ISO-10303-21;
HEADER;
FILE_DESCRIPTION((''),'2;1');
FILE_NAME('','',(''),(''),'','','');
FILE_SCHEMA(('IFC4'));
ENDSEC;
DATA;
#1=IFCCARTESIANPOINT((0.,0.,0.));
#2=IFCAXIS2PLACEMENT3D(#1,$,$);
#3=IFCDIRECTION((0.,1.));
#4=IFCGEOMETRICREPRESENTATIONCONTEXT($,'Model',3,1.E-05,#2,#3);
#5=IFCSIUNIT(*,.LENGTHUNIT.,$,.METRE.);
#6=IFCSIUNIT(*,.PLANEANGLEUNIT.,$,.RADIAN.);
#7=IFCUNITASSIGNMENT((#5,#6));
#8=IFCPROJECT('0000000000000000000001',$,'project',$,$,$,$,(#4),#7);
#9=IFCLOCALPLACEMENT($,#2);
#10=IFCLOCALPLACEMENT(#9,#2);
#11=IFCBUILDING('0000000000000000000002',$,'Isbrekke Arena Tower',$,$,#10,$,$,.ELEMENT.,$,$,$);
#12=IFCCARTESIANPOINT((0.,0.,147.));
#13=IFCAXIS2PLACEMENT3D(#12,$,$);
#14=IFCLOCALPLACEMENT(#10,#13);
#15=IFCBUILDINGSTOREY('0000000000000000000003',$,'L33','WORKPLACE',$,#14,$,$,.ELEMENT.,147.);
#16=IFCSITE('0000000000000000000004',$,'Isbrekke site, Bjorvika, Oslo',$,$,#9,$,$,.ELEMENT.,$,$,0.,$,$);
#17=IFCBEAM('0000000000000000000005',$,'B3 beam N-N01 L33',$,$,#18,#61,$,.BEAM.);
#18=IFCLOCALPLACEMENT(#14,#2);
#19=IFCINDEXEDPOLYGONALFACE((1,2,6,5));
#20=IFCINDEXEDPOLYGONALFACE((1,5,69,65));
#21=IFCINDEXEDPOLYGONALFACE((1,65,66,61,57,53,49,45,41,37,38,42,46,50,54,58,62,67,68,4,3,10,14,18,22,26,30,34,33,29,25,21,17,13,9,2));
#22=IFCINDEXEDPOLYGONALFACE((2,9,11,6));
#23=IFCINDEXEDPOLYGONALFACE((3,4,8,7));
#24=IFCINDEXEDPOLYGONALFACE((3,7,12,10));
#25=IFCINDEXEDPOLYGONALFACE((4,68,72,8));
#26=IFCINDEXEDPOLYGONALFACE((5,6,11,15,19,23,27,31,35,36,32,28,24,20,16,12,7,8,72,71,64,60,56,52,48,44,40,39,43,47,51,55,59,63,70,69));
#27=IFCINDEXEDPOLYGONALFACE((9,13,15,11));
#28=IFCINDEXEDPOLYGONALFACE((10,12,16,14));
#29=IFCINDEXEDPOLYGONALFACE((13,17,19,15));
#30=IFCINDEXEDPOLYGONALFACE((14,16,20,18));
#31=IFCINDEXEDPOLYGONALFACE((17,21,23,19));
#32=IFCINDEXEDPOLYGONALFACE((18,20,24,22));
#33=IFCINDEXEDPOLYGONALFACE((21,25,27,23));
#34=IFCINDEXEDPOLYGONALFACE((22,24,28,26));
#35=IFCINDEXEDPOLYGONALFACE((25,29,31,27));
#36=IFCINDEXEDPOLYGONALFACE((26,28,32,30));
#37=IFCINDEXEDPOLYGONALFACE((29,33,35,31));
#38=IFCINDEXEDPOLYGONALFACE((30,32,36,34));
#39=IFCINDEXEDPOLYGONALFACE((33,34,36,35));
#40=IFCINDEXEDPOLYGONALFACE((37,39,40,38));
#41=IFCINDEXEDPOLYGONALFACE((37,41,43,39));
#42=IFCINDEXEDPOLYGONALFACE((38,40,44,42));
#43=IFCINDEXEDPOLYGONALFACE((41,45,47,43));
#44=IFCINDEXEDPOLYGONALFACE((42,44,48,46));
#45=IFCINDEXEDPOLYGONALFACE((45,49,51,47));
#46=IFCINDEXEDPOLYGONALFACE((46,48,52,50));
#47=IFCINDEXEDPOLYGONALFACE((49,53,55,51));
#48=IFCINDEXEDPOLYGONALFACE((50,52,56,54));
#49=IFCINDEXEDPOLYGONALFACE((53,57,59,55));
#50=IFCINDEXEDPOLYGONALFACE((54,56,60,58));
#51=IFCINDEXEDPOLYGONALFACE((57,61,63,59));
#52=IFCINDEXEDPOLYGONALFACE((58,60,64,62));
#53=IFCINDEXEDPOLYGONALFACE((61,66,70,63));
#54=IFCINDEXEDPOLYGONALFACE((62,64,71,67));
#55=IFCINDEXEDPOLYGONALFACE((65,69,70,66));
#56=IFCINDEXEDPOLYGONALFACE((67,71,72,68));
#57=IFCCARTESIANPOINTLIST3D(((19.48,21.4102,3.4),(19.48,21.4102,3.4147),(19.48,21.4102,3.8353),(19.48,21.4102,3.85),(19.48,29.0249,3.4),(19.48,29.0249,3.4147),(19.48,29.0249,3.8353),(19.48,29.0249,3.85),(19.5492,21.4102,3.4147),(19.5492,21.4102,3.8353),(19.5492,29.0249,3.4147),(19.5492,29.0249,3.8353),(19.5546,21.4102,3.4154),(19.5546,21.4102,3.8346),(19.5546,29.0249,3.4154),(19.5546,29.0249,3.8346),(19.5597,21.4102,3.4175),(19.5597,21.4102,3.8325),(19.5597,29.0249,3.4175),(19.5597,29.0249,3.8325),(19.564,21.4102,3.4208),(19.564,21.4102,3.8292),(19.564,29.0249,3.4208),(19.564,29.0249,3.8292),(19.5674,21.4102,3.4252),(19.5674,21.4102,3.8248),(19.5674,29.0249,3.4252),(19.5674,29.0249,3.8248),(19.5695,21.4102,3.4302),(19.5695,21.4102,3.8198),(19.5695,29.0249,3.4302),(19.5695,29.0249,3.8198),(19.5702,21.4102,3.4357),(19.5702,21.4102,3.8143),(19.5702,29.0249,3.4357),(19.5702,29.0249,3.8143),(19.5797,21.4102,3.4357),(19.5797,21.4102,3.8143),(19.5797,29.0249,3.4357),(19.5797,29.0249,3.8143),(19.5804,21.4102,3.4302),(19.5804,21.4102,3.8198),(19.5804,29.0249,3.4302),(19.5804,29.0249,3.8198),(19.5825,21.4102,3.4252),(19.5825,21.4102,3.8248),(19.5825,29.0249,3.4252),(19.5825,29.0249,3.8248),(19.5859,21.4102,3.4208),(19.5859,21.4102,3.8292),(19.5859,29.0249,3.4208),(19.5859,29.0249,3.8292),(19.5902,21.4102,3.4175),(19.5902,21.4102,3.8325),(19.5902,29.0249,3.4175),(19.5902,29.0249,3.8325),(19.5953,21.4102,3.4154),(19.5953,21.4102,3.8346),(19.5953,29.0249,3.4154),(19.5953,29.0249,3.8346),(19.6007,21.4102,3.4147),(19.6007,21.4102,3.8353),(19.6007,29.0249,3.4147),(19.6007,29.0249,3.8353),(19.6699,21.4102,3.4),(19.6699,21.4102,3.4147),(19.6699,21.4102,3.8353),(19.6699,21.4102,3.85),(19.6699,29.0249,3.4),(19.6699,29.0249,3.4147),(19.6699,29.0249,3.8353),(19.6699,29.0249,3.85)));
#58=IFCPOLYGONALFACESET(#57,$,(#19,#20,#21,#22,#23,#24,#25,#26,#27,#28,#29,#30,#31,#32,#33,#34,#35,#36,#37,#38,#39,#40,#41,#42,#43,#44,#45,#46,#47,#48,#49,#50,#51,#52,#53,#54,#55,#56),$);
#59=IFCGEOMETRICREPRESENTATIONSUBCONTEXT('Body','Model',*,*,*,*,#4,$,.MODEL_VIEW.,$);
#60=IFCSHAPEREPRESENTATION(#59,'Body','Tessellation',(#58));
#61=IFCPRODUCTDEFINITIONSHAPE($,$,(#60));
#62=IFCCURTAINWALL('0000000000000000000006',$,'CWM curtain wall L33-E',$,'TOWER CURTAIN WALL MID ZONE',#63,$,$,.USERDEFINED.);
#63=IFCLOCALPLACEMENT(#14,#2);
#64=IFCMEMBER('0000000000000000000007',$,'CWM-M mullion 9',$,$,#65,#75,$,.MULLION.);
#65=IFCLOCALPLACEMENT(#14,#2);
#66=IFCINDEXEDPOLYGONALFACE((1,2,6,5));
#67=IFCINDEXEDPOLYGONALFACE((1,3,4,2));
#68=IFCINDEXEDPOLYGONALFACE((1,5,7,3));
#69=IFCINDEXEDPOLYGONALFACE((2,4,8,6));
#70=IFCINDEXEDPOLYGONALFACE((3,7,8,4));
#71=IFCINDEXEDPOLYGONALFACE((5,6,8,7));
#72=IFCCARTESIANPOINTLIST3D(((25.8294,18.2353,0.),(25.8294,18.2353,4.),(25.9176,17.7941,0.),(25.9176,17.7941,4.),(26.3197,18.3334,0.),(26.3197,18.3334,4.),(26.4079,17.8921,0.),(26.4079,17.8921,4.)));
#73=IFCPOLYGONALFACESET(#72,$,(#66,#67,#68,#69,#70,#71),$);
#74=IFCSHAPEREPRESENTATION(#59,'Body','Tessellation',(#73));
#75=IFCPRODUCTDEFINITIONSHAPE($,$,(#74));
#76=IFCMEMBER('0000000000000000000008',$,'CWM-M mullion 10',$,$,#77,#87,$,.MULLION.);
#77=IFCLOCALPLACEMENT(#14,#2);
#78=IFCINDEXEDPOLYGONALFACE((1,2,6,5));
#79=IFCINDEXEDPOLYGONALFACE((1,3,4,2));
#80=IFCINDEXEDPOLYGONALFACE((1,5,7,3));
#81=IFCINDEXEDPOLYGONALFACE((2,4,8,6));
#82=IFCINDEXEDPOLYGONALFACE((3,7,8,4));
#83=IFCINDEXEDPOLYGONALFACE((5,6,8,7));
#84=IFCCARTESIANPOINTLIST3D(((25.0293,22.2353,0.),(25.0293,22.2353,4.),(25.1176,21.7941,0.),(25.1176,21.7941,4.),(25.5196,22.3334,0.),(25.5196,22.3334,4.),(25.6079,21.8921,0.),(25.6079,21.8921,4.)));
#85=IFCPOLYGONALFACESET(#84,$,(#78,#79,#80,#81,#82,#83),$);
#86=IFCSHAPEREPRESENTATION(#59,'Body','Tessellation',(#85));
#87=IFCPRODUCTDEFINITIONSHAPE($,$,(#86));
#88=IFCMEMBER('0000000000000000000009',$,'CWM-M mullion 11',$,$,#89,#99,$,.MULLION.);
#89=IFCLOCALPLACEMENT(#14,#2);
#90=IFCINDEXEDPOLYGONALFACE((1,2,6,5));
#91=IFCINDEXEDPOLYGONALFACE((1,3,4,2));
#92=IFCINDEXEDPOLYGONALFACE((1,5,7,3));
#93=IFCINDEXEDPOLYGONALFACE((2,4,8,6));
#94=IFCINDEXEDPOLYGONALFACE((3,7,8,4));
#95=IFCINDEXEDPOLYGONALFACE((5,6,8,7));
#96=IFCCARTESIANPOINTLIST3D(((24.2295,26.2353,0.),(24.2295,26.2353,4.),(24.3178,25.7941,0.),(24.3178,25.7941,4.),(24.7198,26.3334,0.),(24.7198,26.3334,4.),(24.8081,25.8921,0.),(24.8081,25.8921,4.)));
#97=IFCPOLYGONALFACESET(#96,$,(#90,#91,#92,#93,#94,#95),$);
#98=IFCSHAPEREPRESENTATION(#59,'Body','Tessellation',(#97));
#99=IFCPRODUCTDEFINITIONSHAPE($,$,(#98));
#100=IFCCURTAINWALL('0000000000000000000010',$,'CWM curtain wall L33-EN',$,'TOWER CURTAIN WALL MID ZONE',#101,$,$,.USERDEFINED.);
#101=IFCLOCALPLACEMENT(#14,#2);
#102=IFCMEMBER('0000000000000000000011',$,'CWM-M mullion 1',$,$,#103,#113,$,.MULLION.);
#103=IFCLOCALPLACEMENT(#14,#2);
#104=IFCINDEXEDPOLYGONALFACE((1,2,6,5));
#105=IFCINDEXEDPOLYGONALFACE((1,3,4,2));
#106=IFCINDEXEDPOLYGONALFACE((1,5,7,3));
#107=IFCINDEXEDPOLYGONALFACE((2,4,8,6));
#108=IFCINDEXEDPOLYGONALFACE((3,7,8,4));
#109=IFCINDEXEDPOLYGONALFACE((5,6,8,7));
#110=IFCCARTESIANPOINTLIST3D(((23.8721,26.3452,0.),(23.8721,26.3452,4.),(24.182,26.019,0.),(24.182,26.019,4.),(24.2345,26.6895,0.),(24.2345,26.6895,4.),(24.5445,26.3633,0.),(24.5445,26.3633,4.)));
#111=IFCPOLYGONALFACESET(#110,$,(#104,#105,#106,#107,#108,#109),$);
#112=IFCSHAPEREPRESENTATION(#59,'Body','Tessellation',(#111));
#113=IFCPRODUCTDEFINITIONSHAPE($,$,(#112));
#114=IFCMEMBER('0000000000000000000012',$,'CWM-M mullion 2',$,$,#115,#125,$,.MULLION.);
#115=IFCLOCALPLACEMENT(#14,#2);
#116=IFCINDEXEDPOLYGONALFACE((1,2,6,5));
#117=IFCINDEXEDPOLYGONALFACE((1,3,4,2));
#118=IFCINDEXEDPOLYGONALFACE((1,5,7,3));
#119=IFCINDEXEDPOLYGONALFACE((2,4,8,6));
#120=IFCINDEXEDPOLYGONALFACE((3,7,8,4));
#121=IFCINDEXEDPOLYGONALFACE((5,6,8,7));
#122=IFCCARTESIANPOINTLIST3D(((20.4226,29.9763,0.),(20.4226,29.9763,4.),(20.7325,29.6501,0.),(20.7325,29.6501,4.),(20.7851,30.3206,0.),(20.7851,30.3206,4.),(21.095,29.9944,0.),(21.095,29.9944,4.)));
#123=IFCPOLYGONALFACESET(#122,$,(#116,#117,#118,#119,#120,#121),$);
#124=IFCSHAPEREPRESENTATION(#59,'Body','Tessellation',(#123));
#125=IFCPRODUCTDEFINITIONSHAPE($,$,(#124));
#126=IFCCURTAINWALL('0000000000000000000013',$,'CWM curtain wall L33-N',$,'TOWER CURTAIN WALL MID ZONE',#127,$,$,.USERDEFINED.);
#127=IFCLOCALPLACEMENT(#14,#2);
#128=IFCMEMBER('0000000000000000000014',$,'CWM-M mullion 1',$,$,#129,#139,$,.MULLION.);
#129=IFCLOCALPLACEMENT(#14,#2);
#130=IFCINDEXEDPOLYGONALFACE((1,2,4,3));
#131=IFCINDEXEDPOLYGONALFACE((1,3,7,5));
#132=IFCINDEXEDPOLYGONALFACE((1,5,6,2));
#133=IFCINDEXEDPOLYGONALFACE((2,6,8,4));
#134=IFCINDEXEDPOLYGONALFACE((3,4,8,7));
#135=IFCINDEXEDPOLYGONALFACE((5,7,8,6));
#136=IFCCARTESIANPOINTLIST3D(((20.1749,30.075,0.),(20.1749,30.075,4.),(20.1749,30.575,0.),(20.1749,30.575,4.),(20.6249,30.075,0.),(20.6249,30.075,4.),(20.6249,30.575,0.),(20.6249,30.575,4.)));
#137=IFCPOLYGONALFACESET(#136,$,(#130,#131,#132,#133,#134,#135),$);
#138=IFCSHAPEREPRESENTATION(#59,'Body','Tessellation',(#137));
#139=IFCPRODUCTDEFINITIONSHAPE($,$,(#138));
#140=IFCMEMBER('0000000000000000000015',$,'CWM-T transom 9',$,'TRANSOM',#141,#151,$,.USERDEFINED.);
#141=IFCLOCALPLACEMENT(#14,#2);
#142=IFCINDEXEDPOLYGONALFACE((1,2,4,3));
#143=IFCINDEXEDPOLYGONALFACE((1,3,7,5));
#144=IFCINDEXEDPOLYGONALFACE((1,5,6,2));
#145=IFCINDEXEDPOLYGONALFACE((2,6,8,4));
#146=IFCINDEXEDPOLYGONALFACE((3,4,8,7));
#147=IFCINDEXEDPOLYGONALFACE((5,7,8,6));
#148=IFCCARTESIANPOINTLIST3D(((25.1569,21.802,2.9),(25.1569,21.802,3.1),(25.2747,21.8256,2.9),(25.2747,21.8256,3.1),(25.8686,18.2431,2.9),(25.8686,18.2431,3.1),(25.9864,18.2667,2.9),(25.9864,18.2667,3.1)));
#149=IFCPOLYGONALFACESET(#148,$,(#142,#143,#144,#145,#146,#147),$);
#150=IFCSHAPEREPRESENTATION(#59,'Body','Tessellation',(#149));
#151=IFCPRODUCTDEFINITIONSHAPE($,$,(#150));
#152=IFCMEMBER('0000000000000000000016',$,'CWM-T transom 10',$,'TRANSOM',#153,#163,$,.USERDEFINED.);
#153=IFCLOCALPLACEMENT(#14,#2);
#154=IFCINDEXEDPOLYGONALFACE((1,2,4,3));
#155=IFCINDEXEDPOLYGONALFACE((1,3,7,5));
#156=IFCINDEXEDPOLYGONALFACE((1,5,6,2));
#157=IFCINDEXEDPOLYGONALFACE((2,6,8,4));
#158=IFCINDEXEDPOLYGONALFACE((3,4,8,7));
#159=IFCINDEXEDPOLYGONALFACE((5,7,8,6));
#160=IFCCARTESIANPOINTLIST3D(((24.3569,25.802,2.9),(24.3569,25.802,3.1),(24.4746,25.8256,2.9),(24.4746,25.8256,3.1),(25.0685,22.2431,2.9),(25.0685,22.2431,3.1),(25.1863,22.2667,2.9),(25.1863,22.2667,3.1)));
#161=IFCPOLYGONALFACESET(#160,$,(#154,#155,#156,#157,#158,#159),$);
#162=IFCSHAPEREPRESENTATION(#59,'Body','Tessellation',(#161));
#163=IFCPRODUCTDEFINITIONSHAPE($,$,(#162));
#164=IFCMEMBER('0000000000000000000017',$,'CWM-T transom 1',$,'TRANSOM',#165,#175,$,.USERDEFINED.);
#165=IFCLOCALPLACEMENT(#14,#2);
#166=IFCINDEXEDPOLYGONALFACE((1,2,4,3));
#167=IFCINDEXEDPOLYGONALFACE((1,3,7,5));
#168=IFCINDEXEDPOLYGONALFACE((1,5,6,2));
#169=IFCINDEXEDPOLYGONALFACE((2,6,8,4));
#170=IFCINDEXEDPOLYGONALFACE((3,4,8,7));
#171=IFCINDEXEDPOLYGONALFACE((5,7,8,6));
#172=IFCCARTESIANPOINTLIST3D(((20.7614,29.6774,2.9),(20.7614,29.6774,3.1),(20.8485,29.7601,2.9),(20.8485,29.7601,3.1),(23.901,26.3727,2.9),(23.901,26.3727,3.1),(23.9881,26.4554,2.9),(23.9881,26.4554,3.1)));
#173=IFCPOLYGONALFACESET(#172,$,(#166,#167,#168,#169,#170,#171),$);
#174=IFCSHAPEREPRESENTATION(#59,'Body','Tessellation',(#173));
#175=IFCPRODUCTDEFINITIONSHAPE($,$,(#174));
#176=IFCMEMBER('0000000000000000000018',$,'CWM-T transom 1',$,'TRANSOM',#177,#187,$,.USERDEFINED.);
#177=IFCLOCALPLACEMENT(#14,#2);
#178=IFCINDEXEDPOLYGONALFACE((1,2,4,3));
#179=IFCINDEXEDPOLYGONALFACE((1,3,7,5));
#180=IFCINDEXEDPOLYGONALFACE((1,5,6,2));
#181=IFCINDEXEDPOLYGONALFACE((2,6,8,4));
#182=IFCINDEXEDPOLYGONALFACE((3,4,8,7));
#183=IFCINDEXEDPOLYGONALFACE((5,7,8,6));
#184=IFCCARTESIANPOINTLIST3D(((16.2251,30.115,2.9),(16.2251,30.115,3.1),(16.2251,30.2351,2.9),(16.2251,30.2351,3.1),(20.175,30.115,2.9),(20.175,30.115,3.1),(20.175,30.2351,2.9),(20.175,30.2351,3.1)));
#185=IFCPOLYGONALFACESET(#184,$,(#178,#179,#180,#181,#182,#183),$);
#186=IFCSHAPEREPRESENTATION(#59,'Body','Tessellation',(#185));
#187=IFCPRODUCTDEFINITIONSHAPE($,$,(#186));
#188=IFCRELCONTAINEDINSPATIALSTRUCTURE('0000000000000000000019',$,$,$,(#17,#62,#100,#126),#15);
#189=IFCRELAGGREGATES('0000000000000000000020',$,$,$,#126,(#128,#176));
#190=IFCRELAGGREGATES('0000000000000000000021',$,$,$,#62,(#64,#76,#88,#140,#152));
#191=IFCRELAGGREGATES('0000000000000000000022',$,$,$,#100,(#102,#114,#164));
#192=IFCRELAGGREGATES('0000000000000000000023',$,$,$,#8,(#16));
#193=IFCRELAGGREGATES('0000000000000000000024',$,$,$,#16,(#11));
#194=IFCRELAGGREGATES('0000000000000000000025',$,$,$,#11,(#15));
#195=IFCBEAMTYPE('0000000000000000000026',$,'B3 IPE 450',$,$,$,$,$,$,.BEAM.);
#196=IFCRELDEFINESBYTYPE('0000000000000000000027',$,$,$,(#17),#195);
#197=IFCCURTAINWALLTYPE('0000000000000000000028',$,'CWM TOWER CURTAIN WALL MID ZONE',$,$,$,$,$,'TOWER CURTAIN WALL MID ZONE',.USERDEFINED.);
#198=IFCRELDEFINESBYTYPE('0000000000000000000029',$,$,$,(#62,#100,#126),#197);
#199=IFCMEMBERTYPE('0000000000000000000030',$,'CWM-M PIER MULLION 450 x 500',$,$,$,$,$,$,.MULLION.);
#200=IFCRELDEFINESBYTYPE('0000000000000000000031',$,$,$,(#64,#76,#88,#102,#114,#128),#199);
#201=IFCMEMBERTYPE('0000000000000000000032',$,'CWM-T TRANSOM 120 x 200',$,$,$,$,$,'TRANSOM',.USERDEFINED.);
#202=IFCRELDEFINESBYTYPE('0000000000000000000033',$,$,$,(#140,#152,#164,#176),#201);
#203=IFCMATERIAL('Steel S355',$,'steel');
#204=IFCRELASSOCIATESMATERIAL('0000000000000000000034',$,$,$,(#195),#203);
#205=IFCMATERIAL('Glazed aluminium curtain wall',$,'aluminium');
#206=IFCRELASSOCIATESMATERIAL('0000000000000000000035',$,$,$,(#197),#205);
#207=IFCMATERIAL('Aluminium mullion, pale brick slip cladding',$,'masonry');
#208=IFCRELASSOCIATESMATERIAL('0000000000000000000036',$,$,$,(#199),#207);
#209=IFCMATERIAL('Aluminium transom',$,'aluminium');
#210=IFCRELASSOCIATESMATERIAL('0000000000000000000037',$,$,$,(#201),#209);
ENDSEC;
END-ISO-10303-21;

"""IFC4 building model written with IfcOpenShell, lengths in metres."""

from ifc_helpers import new_model, si_unit, direction, frame, origin, origin_2d, place, context, subcontext, project, spatial, rectangle, i_section, extrude, material, material_profile, profile_set, type_object, element, aggregate, save


model = new_model("IFC4")

# Units and contexts
model_context = context("Model", 3, precision=1e-05, world=origin(), true_north=direction((0.0, 1.0)))
body_context = subcontext(model_context, "Body", "Model", "MODEL_VIEW")
ifc_project = project(units=[si_unit("LENGTHUNIT", "METRE"), si_unit("PLANEANGLEUNIT", "RADIAN")], contexts=[model_context])

# Site, building, storey
site_placement = place(None, origin())
site = spatial("IfcSite", under=ifc_project, at=site_placement, Name="Isbrekke site, Bjorvika, Oslo", CompositionType="ELEMENT", RefElevation=0.0)
building_placement = place(site_placement, origin())
building = spatial("IfcBuilding", under=site, at=building_placement, Name="Isbrekke Arena Tower", CompositionType="ELEMENT")
storey_placement = place(building_placement, frame((0.0, 0.0, 147.0)))
storey = spatial("IfcBuildingStorey", under=building, at=storey_placement, Name="L33", Description="WORKPLACE", CompositionType="ELEMENT", Elevation=147.0)

# Beam
ifc_material_1 = material(Name="Steel S355", Category="steel")
ifc_material_profile_1 = material_profile(ifc_material_1, i_section(OverallWidth=0.1899, OverallDepth=0.45, WebThickness=0.0095, FlangeThickness=0.0146, FilletRadius=0.021, at=origin_2d()), Name="IPE 450")
ifc_profile_set_1 = profile_set([ifc_material_profile_1], Name="Steel S355")
beam_type_1 = type_object("IfcBeamType", Name="B3 IPE 450", PredefinedType="BEAM", material=ifc_profile_set_1)
beam_1_placement = place(storey_placement, frame((19.575, 29.0249, 3.625), z_axis=(0.0, -1.0, 0.0), x_axis=(1.0, 0.0, 0.0)))
element("IfcBeam", 1, at=beam_1_placement, inside=storey, type_object=beam_type_1, Name="B3 beam N-N01 L33", PredefinedType="BEAM", context=body_context, shape_type="SweptSolid", body=[
    extrude(i_section(OverallWidth=0.1899, OverallDepth=0.45, WebThickness=0.0095, FlangeThickness=0.0146, FilletRadius=0.021, at=origin_2d()), origin(), (0.0, 0.0, 1.0), 7.6147),
])

# Curtain walls, members
ifc_material_2 = material(Name="Glazed aluminium curtain wall", Category="aluminium")
curtain_wall_type = type_object("IfcCurtainWallType", Name="CWM TOWER CURTAIN WALL MID ZONE", ElementType="TOWER CURTAIN WALL MID ZONE", PredefinedType="USERDEFINED", material=ifc_material_2)
curtain_wall_1_placement = place(storey_placement, origin())
curtain_wall_1 = element("IfcCurtainWall", 2, at=curtain_wall_1_placement, inside=storey, type_object=curtain_wall_type, Name="CWM curtain wall L33-E", ObjectType="TOWER CURTAIN WALL MID ZONE", PredefinedType="USERDEFINED")
ifc_material_3 = material(Name="Aluminium mullion, pale brick slip cladding", Category="masonry")
ifc_material_profile_2 = material_profile(ifc_material_3, rectangle(XDim=0.45, YDim=0.5, at=origin_2d()), Name="PIER 450X500")
ifc_profile_set_2 = profile_set([ifc_material_profile_2], Name="Aluminium mullion, pale brick slip cladding")
member_type_1 = type_object("IfcMemberType", Name="CWM-M PIER MULLION 450 x 500", PredefinedType="MULLION", material=ifc_profile_set_2)
member_1_placement = place(storey_placement, frame((26.1187, 18.0637, 0.0), z_axis=(0.0, 0.0, 1.0), x_axis=(-0.196116, 0.980581, 0.0)))
member_1 = element("IfcMember", 3, at=member_1_placement, type_object=member_type_1, Name="CWM-M mullion 9", PredefinedType="MULLION", context=body_context, shape_type="SweptSolid", body=[
    extrude(rectangle(XDim=0.45, YDim=0.5, at=origin_2d()), origin(), (0.0, 0.0, 1.0), 4.0),
])
member_2_placement = place(storey_placement, frame((25.3186, 22.0637, 0.0), z_axis=(0.0, 0.0, 1.0), x_axis=(-0.196116, 0.980581, 0.0)))
member_2 = element("IfcMember", 4, at=member_2_placement, type_object=member_type_1, Name="CWM-M mullion 10", PredefinedType="MULLION", context=body_context, shape_type="SweptSolid", body=[
    extrude(rectangle(XDim=0.45, YDim=0.5, at=origin_2d()), origin(), (0.0, 0.0, 1.0), 4.0),
])
member_3_placement = place(storey_placement, frame((24.5188, 26.0637, 0.0), z_axis=(0.0, 0.0, 1.0), x_axis=(-0.196116, 0.980581, 0.0)))
member_3 = element("IfcMember", 5, at=member_3_placement, type_object=member_type_1, Name="CWM-M mullion 11", PredefinedType="MULLION", context=body_context, shape_type="SweptSolid", body=[
    extrude(rectangle(XDim=0.45, YDim=0.5, at=origin_2d()), origin(), (0.0, 0.0, 1.0), 4.0),
])
curtain_wall_2_placement = place(storey_placement, origin())
curtain_wall_2 = element("IfcCurtainWall", 6, at=curtain_wall_2_placement, inside=storey, type_object=curtain_wall_type, Name="CWM curtain wall L33-EN", ObjectType="TOWER CURTAIN WALL MID ZONE", PredefinedType="USERDEFINED")
member_4_placement = place(storey_placement, frame((24.2083, 26.3542, 0.0), z_axis=(0.0, 0.0, 1.0), x_axis=(-0.688749, 0.724999, 0.0)))
member_4 = element("IfcMember", 7, at=member_4_placement, type_object=member_type_1, Name="CWM-M mullion 1", PredefinedType="MULLION", context=body_context, shape_type="SweptSolid", body=[
    extrude(rectangle(XDim=0.45, YDim=0.5, at=origin_2d()), origin(), (0.0, 0.0, 1.0), 4.0),
])
member_5_placement = place(storey_placement, frame((20.7588, 29.9854, 0.0), z_axis=(0.0, 0.0, 1.0), x_axis=(-0.688749, 0.724999, 0.0)))
member_5 = element("IfcMember", 8, at=member_5_placement, type_object=member_type_1, Name="CWM-M mullion 2", PredefinedType="MULLION", context=body_context, shape_type="SweptSolid", body=[
    extrude(rectangle(XDim=0.45, YDim=0.5, at=origin_2d()), origin(), (0.0, 0.0, 1.0), 4.0),
])

# Curtain wall, member
curtain_wall_3_placement = place(storey_placement, origin())
curtain_wall_3 = element("IfcCurtainWall", 9, at=curtain_wall_3_placement, inside=storey, type_object=curtain_wall_type, Name="CWM curtain wall L33-N", ObjectType="TOWER CURTAIN WALL MID ZONE", PredefinedType="USERDEFINED")
member_6_placement = place(storey_placement, frame((20.3999, 30.325, 0.0), z_axis=(0.0, 0.0, 1.0), x_axis=(-1.0, 0.0, 0.0)))
member_6 = element("IfcMember", 10, at=member_6_placement, type_object=member_type_1, Name="CWM-M mullion 1", PredefinedType="MULLION", context=body_context, shape_type="SweptSolid", body=[
    extrude(rectangle(XDim=0.45, YDim=0.5, at=origin_2d()), origin(), (0.0, 0.0, 1.0), 4.0),
])

# Members
ifc_material_4 = material(Name="Aluminium transom", Category="aluminium")
ifc_material_profile_3 = material_profile(ifc_material_4, rectangle(XDim=0.1201, YDim=0.2, at=origin_2d()), Name="TRANSOM 120X200")
ifc_profile_set_3 = profile_set([ifc_material_profile_3], Name="Aluminium transom")
member_type_2 = type_object("IfcMemberType", Name="CWM-T TRANSOM 120 x 200", ElementType="TRANSOM", PredefinedType="USERDEFINED", material=ifc_profile_set_3)
member_7_placement = place(storey_placement, frame((25.9275, 18.2549, 3.0), z_axis=(-0.19609, 0.980586, 0.0), x_axis=(-0.980586, -0.19609, 0.0)))
member_7 = element("IfcMember", 11, at=member_7_placement, type_object=member_type_2, Name="CWM-T transom 9", ObjectType="TRANSOM", PredefinedType="USERDEFINED", context=body_context, shape_type="SweptSolid", body=[
    extrude(rectangle(XDim=0.1201, YDim=0.2, at=origin_2d()), origin(), (0.0, 0.0, 1.0), 3.6294),
])
member_8_placement = place(storey_placement, frame((25.1274, 22.2549, 3.0), z_axis=(-0.19609, 0.980586, 0.0), x_axis=(-0.980586, -0.19609, 0.0)))
member_8 = element("IfcMember", 12, at=member_8_placement, type_object=member_type_2, Name="CWM-T transom 10", ObjectType="TRANSOM", PredefinedType="USERDEFINED", context=body_context, shape_type="SweptSolid", body=[
    extrude(rectangle(XDim=0.1201, YDim=0.2, at=origin_2d()), origin(), (0.0, 0.0, 1.0), 3.6294),
])
member_9_placement = place(storey_placement, frame((23.9446, 26.4141, 3.0), z_axis=(-0.688772, 0.724978, 0.0), x_axis=(-0.724978, -0.688772, 0.0)))
member_9 = element("IfcMember", 13, at=member_9_placement, type_object=member_type_2, Name="CWM-T transom 1", ObjectType="TRANSOM", PredefinedType="USERDEFINED", context=body_context, shape_type="SweptSolid", body=[
    extrude(rectangle(XDim=0.1201, YDim=0.2, at=origin_2d()), origin(), (0.0, 0.0, 1.0), 4.5583),
])
member_10_placement = place(storey_placement, frame((20.175, 30.175, 3.0), z_axis=(-1.0, 0.0, 0.0), x_axis=(0.0, -1.0, 0.0)))
member_10 = element("IfcMember", 14, at=member_10_placement, type_object=member_type_2, Name="CWM-T transom 1", ObjectType="TRANSOM", PredefinedType="USERDEFINED", context=body_context, shape_type="SweptSolid", body=[
    extrude(rectangle(XDim=0.1201, YDim=0.2, at=origin_2d()), origin(), (0.0, 0.0, 1.0), 3.95),
])
aggregate(curtain_wall_3, [member_6, member_10])

aggregate(curtain_wall_1, [member_1, member_2, member_3, member_7, member_8])
aggregate(curtain_wall_2, [member_4, member_5, member_9])

save(model, "model.ifc")
